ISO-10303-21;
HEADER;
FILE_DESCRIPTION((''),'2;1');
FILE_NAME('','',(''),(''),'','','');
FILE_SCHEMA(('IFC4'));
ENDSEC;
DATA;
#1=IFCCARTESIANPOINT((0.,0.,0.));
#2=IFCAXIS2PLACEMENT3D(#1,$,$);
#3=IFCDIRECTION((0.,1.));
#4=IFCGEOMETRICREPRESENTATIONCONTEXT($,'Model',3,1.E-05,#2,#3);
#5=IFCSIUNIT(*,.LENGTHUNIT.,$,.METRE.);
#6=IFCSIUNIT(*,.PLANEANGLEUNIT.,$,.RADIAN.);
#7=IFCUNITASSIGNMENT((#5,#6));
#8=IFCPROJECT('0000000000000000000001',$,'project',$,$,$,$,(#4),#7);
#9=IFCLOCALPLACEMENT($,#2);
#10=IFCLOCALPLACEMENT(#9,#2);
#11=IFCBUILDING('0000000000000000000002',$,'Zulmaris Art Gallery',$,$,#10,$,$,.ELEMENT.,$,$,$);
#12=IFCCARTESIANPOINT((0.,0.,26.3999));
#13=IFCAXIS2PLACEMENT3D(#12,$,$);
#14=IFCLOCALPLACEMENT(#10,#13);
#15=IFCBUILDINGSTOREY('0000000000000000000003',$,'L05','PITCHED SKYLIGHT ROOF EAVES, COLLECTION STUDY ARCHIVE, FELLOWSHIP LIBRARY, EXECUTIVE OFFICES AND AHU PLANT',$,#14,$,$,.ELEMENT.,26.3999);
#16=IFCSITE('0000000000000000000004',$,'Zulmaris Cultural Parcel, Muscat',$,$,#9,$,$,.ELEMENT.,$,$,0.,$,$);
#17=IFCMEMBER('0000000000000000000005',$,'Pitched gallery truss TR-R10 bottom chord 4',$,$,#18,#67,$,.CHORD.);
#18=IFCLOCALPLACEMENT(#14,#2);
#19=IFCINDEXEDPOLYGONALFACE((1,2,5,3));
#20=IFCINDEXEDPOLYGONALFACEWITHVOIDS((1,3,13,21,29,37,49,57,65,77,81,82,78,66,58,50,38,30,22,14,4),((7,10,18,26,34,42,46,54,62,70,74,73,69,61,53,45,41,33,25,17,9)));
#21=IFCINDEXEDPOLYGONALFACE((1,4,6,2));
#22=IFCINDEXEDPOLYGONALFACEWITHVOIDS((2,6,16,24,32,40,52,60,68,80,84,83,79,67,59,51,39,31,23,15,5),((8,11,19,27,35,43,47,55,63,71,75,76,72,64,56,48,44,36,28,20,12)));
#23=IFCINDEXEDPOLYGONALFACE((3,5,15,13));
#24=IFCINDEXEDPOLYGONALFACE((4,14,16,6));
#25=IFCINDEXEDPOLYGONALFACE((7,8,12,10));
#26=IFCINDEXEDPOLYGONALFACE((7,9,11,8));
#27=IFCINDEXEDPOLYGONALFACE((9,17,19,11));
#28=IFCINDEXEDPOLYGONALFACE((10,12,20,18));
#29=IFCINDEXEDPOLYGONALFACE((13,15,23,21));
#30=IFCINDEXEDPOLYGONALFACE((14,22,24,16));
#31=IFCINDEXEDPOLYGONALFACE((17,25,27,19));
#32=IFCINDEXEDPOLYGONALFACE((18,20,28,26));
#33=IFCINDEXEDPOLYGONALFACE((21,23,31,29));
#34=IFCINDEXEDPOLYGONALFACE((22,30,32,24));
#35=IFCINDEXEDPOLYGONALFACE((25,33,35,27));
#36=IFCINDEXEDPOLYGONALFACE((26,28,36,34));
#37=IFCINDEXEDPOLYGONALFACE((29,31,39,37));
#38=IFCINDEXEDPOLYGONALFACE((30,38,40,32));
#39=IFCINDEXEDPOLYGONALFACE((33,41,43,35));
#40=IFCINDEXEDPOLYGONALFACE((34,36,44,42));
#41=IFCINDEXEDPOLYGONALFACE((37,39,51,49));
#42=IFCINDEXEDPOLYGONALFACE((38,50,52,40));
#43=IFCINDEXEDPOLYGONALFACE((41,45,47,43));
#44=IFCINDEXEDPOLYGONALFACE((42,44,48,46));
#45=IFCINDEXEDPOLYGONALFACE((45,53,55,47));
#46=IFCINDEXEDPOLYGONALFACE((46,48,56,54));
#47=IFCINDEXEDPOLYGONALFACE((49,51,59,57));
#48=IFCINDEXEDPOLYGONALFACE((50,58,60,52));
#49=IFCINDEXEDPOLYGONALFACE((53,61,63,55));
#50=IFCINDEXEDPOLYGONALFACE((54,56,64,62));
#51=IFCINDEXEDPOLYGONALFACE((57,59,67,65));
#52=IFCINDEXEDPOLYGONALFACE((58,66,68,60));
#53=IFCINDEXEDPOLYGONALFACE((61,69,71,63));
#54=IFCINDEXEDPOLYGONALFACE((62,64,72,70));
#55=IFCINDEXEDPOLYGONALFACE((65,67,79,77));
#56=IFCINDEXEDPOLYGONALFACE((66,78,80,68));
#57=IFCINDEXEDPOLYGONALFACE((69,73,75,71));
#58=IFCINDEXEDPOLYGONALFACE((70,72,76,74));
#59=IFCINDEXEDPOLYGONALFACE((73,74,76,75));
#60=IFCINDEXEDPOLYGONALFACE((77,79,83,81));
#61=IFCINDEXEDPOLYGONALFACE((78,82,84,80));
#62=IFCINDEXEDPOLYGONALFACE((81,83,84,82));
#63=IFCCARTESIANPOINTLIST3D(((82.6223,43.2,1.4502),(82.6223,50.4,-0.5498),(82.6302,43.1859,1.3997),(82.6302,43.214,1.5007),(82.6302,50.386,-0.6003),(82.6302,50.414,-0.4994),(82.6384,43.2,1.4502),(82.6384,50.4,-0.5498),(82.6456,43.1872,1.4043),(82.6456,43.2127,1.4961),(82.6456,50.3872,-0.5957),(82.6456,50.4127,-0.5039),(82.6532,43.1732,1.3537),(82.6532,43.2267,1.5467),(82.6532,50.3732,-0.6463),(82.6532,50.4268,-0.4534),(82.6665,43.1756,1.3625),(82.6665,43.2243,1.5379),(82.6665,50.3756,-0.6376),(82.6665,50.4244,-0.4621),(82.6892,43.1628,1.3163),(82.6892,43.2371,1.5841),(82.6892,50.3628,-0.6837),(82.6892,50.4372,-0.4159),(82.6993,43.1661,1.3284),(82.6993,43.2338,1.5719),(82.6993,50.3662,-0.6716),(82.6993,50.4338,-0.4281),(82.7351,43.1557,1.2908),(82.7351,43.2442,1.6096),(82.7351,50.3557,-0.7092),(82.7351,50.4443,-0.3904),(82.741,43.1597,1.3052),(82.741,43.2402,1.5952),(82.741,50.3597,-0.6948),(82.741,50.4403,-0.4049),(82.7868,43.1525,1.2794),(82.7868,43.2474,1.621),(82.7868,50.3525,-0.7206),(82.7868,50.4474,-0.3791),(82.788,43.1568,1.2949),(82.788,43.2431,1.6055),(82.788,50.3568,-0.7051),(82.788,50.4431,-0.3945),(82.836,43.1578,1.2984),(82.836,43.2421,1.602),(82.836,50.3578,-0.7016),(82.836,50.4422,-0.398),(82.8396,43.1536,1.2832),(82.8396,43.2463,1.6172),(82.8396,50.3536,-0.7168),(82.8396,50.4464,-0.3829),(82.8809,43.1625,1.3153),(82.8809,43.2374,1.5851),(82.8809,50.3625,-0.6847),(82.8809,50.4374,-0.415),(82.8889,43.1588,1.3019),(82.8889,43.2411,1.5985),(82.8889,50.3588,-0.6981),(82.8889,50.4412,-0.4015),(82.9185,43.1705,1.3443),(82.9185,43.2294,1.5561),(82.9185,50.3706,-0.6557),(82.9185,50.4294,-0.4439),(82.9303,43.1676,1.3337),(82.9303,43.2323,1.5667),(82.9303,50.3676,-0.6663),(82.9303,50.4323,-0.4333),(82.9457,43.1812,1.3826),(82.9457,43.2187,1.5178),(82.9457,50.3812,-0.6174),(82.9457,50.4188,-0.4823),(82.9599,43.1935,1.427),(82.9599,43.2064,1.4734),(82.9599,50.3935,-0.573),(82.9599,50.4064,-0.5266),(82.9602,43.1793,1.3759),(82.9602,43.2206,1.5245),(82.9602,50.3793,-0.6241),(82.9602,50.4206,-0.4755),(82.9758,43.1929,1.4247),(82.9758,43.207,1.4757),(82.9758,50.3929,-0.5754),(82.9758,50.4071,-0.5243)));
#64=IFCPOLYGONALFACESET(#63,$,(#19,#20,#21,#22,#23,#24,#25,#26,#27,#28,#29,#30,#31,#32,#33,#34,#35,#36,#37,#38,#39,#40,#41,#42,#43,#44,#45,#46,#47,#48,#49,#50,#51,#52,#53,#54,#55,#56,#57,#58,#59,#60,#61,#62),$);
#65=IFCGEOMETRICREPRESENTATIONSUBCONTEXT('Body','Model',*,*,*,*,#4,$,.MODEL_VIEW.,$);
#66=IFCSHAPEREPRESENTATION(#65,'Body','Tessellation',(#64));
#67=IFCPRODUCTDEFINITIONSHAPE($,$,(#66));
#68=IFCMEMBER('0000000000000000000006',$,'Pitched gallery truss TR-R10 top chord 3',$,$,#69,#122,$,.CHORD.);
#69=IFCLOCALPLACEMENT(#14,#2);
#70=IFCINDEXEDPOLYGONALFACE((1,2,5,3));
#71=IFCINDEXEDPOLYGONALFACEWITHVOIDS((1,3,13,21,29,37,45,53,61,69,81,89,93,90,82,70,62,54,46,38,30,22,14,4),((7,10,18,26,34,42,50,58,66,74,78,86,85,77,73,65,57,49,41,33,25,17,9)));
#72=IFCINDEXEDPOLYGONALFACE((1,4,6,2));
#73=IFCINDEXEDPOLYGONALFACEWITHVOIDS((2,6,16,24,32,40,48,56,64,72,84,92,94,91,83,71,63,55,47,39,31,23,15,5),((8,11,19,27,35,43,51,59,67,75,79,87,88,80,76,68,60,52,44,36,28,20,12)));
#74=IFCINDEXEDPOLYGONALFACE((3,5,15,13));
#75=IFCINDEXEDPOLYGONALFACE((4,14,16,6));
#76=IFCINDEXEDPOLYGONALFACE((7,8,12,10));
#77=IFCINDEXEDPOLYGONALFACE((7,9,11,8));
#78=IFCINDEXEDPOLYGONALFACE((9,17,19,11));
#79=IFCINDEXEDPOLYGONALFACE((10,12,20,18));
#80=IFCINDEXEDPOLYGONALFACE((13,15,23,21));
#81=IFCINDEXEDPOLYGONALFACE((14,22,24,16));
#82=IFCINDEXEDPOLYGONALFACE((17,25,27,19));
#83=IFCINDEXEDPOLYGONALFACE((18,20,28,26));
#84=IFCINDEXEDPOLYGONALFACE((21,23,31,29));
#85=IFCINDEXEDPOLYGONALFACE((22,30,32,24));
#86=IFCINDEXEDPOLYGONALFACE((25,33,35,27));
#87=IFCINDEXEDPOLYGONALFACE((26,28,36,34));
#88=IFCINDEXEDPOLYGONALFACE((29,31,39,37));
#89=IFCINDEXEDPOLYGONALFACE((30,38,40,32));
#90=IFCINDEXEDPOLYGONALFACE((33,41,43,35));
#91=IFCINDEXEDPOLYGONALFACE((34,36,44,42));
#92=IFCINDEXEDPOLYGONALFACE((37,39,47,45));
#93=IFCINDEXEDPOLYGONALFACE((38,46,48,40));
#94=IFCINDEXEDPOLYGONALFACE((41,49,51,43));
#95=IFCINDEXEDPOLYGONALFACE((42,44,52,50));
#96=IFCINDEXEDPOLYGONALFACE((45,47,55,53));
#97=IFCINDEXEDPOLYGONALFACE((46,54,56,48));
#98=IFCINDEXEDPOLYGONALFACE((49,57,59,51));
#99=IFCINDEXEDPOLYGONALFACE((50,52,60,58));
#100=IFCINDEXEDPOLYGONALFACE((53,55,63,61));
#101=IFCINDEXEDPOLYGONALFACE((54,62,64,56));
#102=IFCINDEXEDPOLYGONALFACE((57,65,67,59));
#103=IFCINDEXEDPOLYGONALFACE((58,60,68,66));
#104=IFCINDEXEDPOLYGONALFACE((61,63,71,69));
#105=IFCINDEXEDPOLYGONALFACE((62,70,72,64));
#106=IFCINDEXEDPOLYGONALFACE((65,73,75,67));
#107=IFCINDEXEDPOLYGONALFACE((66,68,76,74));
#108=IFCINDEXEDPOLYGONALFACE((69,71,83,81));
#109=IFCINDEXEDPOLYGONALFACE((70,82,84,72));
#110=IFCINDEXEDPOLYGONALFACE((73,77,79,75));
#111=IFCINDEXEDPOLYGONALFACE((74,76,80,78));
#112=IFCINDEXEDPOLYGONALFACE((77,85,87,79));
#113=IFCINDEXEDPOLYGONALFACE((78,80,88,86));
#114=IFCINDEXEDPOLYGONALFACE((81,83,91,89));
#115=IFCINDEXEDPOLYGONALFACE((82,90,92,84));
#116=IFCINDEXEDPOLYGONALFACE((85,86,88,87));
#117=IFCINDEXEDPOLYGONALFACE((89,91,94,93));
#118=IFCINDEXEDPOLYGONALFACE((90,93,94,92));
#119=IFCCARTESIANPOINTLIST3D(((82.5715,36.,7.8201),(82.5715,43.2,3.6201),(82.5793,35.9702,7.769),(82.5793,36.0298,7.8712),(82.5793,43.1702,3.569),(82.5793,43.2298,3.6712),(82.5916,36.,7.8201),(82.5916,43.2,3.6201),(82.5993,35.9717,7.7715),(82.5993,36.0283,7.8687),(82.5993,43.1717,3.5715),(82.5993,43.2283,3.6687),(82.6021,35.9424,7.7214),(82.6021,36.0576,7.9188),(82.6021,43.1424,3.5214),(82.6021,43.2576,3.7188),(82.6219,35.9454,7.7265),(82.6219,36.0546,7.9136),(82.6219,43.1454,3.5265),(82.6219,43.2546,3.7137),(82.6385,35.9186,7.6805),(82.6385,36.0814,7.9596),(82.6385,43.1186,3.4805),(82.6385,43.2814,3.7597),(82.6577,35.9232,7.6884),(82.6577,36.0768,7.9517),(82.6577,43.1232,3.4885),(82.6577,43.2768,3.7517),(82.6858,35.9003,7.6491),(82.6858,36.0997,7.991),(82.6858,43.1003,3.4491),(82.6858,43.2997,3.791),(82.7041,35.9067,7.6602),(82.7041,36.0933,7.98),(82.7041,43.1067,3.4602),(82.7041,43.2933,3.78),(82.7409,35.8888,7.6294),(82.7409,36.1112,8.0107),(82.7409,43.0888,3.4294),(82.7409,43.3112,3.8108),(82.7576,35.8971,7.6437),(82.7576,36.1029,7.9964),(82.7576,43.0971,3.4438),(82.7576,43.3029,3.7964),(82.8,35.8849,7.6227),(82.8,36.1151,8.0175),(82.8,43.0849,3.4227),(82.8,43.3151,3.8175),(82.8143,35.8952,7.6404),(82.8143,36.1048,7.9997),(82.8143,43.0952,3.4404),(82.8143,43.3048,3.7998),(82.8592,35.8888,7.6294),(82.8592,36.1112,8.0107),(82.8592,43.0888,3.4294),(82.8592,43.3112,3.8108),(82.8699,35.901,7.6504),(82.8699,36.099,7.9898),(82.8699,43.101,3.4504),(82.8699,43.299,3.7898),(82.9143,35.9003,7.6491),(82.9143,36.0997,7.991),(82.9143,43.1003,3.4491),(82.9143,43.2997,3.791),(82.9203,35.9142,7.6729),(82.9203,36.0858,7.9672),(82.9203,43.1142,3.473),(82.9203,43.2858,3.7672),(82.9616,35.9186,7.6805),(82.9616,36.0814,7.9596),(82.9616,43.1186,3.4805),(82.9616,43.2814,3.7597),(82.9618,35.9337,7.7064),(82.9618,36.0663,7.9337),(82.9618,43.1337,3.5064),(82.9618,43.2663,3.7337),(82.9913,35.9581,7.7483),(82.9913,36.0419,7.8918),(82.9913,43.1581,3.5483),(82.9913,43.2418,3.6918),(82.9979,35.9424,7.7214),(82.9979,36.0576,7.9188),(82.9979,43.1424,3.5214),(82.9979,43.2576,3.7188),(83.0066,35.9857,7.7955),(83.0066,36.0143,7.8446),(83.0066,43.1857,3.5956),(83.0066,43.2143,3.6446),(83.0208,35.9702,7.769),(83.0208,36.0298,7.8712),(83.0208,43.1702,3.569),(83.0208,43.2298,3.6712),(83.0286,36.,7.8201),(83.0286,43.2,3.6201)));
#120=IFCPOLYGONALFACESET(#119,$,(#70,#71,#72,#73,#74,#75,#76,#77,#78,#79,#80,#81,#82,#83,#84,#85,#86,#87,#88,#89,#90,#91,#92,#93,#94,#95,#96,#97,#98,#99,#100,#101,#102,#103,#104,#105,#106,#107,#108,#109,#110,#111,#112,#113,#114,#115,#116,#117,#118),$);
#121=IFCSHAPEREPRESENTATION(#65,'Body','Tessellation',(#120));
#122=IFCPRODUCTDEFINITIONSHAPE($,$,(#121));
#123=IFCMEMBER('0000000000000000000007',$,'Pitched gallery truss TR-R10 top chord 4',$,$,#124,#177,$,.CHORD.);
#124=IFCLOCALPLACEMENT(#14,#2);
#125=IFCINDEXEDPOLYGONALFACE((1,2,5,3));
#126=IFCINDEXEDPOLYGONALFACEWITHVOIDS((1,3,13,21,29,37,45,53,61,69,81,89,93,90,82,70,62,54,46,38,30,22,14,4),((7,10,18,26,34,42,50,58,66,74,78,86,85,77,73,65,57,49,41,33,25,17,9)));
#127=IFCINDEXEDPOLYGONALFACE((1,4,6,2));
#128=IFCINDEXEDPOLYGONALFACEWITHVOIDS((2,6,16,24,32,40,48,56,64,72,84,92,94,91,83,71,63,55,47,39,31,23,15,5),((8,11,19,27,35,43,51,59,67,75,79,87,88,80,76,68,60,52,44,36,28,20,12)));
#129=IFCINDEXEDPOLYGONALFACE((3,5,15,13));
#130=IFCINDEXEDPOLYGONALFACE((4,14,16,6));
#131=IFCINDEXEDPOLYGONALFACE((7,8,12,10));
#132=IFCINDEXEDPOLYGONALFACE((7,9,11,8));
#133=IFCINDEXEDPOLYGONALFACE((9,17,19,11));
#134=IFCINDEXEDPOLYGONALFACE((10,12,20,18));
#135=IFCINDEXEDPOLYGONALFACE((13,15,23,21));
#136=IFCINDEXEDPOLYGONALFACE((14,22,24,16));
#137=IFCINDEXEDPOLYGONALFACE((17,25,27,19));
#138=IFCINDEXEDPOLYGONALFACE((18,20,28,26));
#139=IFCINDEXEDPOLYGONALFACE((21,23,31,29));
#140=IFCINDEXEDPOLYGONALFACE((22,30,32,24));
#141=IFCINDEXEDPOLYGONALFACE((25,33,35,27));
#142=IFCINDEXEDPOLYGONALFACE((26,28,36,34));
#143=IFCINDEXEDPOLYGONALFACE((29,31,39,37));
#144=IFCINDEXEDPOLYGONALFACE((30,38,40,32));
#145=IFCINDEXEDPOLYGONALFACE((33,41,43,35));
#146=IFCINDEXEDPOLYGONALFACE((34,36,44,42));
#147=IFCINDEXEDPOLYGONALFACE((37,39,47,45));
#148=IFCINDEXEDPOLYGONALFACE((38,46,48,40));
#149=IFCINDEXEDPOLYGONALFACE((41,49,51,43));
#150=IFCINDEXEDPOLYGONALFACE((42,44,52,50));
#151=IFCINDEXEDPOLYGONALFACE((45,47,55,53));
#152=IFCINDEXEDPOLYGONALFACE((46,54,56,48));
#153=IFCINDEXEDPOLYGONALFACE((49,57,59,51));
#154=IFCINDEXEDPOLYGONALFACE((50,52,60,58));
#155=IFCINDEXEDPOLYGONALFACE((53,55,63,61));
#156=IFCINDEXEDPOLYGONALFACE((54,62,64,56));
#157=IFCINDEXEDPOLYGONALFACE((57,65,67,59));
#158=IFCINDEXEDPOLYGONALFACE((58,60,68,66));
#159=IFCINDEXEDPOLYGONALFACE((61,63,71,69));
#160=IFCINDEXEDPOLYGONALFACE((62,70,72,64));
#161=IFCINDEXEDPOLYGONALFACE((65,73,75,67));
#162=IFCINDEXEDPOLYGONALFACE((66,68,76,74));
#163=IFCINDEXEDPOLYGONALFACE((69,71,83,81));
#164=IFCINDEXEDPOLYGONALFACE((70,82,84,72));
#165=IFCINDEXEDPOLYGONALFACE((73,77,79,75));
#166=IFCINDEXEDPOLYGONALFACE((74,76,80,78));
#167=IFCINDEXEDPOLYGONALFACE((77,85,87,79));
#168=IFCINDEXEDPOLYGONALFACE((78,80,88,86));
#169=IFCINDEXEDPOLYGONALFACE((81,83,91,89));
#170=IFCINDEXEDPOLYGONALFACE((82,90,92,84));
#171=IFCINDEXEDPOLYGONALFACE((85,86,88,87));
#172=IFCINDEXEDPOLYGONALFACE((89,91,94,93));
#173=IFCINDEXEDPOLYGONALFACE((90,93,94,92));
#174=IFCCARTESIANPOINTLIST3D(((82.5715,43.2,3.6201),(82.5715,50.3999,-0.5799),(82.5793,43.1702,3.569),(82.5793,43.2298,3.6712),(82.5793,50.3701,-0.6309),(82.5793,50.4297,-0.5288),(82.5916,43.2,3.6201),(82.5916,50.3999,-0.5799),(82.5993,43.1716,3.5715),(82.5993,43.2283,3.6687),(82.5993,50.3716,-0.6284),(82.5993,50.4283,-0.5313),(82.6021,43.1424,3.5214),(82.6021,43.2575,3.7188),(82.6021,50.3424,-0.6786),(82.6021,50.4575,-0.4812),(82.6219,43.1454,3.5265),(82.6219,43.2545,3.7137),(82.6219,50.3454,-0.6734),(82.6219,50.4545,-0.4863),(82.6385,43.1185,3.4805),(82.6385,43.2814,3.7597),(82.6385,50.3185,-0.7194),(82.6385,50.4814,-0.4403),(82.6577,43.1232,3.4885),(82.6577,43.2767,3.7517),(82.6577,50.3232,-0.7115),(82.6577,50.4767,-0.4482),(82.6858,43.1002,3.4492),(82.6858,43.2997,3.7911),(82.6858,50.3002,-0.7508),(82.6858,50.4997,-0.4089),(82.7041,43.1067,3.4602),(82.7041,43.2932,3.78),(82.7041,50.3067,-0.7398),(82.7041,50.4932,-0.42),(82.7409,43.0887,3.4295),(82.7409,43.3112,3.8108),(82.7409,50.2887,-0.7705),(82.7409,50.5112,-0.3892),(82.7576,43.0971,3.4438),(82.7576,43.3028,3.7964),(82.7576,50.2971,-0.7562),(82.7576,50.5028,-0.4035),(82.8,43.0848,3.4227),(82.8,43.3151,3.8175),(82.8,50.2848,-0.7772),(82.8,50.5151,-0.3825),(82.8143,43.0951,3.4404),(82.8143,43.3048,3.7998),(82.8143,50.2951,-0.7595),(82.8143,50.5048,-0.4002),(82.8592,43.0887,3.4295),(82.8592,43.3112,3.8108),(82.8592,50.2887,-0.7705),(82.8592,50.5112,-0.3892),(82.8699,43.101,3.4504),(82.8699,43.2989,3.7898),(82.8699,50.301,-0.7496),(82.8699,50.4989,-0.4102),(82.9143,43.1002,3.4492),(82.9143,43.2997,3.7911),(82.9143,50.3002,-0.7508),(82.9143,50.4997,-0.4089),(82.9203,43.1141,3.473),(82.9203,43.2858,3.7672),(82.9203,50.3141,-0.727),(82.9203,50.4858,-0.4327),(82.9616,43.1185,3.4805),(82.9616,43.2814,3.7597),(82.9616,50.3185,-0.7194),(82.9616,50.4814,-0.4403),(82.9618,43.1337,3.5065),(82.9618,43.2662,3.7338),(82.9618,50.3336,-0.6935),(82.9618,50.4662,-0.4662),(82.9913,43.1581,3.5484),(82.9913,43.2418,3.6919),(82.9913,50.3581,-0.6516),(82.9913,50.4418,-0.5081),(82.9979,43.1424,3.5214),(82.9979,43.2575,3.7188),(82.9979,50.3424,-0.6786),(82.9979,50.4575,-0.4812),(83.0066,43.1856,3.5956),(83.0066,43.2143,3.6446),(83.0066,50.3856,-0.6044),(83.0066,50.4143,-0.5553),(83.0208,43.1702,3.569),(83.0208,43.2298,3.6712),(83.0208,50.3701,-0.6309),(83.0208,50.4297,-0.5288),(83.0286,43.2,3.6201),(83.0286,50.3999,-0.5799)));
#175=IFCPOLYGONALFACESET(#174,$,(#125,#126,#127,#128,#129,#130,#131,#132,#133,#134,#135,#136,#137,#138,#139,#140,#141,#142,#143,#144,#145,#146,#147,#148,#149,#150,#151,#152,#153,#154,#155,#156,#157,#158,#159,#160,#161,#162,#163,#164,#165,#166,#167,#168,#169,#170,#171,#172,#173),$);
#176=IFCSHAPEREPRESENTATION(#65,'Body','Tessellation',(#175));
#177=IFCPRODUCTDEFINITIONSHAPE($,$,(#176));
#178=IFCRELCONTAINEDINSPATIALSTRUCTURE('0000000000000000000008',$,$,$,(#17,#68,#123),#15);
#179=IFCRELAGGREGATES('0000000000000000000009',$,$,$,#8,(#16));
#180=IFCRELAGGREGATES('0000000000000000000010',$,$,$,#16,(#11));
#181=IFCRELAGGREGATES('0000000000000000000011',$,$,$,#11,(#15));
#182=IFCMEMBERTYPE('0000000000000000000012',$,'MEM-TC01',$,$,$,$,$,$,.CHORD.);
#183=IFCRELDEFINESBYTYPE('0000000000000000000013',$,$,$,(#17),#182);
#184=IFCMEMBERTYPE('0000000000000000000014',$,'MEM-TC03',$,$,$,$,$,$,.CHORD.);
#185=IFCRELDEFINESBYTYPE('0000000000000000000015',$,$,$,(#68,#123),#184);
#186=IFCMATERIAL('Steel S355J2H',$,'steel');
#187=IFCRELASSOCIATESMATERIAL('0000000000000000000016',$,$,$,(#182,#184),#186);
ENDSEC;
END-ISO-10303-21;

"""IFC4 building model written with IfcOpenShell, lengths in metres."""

from ifc_helpers import new_model, si_unit, direction, frame, origin, origin_2d, place, context, subcontext, project, spatial, hollow_circle, extrude, material, material_profile, profile_set, type_object, element, save


model = new_model("IFC4")

# Units and contexts
model_context = context("Model", 3, precision=1e-05, world=origin(), true_north=direction((0.0, 1.0)))
body_context = subcontext(model_context, "Body", "Model", "MODEL_VIEW")
ifc_project = project(units=[si_unit("LENGTHUNIT", "METRE"), si_unit("PLANEANGLEUNIT", "RADIAN")], contexts=[model_context])

# Site, building, storey
site_placement = place(None, origin())
site = spatial("IfcSite", under=ifc_project, at=site_placement, Name="Zulmaris Cultural Parcel, Muscat", CompositionType="ELEMENT", RefElevation=0.0)
building_placement = place(site_placement, origin())
building = spatial("IfcBuilding", under=site, at=building_placement, Name="Zulmaris Art Gallery", CompositionType="ELEMENT")
storey_placement = place(building_placement, frame((0.0, 0.0, 26.3999)))
storey = spatial("IfcBuildingStorey", under=building, at=storey_placement, Name="L05", Description="PITCHED SKYLIGHT ROOF EAVES, COLLECTION STUDY ARCHIVE, FELLOWSHIP LIBRARY, EXECUTIVE OFFICES AND AHU PLANT", CompositionType="ELEMENT", Elevation=26.3999)

# Members
ifc_material_1 = material(Name="Steel S355J2H", Category="steel")
ifc_material_profile_1 = material_profile(ifc_material_1, hollow_circle(Radius=0.1777, WallThickness=0.0161, at=origin_2d()), Name="CHS 355.6x16")
ifc_profile_set_1 = profile_set([ifc_material_profile_1], Name="Steel S355J2H")
member_type_1 = type_object("IfcMemberType", Name="MEM-TC01", PredefinedType="CHORD", material=ifc_profile_set_1)
for number, where, z_axis, x_axis, name in (
    (1, (82.8, 43.2, 1.4502), (0.0, 0.963517, -0.267646), (-1.0, 0.0, 0.0), "Pitched gallery truss TR-R10 bottom chord 4"),
):
    element("IfcMember", number, at=place(storey_placement, frame(where, z_axis=z_axis, x_axis=x_axis)), inside=storey, type_object=member_type_1, Name=name, PredefinedType="CHORD", context=body_context, shape_type="SweptSolid", body=[
        extrude(hollow_circle(Radius=0.1777, WallThickness=0.0161, at=origin_2d()), origin(), (0.0, 0.0, 1.0), 7.4727),
    ])
ifc_material_profile_2 = material_profile(ifc_material_1, hollow_circle(Radius=0.2285, WallThickness=0.02, at=origin_2d()), Name="CHS 457x20")
ifc_profile_set_2 = profile_set([ifc_material_profile_2], Name="Steel S355J2H")
member_type_2 = type_object("IfcMemberType", Name="MEM-TC03", PredefinedType="CHORD", material=ifc_profile_set_2)
for number, where, z_axis, x_axis, name in (
    (2, (82.8, 36.0, 7.8201), (0.0, 0.86378, -0.503869), (-1.0, 0.0, 0.0), "Pitched gallery truss TR-R10 top chord 3"),
    (3, (82.8, 43.2, 3.6201), (0.0, 0.86378, -0.503869), (-1.0, 0.0, 0.0), "Pitched gallery truss TR-R10 top chord 4"),
):
    element("IfcMember", number, at=place(storey_placement, frame(where, z_axis=z_axis, x_axis=x_axis)), inside=storey, type_object=member_type_2, Name=name, PredefinedType="CHORD", context=body_context, shape_type="SweptSolid", body=[
        extrude(hollow_circle(Radius=0.2285, WallThickness=0.02, at=origin_2d()), origin(), (0.0, 0.0, 1.0), 8.3354),
    ])

save(model, "model.ifc")
